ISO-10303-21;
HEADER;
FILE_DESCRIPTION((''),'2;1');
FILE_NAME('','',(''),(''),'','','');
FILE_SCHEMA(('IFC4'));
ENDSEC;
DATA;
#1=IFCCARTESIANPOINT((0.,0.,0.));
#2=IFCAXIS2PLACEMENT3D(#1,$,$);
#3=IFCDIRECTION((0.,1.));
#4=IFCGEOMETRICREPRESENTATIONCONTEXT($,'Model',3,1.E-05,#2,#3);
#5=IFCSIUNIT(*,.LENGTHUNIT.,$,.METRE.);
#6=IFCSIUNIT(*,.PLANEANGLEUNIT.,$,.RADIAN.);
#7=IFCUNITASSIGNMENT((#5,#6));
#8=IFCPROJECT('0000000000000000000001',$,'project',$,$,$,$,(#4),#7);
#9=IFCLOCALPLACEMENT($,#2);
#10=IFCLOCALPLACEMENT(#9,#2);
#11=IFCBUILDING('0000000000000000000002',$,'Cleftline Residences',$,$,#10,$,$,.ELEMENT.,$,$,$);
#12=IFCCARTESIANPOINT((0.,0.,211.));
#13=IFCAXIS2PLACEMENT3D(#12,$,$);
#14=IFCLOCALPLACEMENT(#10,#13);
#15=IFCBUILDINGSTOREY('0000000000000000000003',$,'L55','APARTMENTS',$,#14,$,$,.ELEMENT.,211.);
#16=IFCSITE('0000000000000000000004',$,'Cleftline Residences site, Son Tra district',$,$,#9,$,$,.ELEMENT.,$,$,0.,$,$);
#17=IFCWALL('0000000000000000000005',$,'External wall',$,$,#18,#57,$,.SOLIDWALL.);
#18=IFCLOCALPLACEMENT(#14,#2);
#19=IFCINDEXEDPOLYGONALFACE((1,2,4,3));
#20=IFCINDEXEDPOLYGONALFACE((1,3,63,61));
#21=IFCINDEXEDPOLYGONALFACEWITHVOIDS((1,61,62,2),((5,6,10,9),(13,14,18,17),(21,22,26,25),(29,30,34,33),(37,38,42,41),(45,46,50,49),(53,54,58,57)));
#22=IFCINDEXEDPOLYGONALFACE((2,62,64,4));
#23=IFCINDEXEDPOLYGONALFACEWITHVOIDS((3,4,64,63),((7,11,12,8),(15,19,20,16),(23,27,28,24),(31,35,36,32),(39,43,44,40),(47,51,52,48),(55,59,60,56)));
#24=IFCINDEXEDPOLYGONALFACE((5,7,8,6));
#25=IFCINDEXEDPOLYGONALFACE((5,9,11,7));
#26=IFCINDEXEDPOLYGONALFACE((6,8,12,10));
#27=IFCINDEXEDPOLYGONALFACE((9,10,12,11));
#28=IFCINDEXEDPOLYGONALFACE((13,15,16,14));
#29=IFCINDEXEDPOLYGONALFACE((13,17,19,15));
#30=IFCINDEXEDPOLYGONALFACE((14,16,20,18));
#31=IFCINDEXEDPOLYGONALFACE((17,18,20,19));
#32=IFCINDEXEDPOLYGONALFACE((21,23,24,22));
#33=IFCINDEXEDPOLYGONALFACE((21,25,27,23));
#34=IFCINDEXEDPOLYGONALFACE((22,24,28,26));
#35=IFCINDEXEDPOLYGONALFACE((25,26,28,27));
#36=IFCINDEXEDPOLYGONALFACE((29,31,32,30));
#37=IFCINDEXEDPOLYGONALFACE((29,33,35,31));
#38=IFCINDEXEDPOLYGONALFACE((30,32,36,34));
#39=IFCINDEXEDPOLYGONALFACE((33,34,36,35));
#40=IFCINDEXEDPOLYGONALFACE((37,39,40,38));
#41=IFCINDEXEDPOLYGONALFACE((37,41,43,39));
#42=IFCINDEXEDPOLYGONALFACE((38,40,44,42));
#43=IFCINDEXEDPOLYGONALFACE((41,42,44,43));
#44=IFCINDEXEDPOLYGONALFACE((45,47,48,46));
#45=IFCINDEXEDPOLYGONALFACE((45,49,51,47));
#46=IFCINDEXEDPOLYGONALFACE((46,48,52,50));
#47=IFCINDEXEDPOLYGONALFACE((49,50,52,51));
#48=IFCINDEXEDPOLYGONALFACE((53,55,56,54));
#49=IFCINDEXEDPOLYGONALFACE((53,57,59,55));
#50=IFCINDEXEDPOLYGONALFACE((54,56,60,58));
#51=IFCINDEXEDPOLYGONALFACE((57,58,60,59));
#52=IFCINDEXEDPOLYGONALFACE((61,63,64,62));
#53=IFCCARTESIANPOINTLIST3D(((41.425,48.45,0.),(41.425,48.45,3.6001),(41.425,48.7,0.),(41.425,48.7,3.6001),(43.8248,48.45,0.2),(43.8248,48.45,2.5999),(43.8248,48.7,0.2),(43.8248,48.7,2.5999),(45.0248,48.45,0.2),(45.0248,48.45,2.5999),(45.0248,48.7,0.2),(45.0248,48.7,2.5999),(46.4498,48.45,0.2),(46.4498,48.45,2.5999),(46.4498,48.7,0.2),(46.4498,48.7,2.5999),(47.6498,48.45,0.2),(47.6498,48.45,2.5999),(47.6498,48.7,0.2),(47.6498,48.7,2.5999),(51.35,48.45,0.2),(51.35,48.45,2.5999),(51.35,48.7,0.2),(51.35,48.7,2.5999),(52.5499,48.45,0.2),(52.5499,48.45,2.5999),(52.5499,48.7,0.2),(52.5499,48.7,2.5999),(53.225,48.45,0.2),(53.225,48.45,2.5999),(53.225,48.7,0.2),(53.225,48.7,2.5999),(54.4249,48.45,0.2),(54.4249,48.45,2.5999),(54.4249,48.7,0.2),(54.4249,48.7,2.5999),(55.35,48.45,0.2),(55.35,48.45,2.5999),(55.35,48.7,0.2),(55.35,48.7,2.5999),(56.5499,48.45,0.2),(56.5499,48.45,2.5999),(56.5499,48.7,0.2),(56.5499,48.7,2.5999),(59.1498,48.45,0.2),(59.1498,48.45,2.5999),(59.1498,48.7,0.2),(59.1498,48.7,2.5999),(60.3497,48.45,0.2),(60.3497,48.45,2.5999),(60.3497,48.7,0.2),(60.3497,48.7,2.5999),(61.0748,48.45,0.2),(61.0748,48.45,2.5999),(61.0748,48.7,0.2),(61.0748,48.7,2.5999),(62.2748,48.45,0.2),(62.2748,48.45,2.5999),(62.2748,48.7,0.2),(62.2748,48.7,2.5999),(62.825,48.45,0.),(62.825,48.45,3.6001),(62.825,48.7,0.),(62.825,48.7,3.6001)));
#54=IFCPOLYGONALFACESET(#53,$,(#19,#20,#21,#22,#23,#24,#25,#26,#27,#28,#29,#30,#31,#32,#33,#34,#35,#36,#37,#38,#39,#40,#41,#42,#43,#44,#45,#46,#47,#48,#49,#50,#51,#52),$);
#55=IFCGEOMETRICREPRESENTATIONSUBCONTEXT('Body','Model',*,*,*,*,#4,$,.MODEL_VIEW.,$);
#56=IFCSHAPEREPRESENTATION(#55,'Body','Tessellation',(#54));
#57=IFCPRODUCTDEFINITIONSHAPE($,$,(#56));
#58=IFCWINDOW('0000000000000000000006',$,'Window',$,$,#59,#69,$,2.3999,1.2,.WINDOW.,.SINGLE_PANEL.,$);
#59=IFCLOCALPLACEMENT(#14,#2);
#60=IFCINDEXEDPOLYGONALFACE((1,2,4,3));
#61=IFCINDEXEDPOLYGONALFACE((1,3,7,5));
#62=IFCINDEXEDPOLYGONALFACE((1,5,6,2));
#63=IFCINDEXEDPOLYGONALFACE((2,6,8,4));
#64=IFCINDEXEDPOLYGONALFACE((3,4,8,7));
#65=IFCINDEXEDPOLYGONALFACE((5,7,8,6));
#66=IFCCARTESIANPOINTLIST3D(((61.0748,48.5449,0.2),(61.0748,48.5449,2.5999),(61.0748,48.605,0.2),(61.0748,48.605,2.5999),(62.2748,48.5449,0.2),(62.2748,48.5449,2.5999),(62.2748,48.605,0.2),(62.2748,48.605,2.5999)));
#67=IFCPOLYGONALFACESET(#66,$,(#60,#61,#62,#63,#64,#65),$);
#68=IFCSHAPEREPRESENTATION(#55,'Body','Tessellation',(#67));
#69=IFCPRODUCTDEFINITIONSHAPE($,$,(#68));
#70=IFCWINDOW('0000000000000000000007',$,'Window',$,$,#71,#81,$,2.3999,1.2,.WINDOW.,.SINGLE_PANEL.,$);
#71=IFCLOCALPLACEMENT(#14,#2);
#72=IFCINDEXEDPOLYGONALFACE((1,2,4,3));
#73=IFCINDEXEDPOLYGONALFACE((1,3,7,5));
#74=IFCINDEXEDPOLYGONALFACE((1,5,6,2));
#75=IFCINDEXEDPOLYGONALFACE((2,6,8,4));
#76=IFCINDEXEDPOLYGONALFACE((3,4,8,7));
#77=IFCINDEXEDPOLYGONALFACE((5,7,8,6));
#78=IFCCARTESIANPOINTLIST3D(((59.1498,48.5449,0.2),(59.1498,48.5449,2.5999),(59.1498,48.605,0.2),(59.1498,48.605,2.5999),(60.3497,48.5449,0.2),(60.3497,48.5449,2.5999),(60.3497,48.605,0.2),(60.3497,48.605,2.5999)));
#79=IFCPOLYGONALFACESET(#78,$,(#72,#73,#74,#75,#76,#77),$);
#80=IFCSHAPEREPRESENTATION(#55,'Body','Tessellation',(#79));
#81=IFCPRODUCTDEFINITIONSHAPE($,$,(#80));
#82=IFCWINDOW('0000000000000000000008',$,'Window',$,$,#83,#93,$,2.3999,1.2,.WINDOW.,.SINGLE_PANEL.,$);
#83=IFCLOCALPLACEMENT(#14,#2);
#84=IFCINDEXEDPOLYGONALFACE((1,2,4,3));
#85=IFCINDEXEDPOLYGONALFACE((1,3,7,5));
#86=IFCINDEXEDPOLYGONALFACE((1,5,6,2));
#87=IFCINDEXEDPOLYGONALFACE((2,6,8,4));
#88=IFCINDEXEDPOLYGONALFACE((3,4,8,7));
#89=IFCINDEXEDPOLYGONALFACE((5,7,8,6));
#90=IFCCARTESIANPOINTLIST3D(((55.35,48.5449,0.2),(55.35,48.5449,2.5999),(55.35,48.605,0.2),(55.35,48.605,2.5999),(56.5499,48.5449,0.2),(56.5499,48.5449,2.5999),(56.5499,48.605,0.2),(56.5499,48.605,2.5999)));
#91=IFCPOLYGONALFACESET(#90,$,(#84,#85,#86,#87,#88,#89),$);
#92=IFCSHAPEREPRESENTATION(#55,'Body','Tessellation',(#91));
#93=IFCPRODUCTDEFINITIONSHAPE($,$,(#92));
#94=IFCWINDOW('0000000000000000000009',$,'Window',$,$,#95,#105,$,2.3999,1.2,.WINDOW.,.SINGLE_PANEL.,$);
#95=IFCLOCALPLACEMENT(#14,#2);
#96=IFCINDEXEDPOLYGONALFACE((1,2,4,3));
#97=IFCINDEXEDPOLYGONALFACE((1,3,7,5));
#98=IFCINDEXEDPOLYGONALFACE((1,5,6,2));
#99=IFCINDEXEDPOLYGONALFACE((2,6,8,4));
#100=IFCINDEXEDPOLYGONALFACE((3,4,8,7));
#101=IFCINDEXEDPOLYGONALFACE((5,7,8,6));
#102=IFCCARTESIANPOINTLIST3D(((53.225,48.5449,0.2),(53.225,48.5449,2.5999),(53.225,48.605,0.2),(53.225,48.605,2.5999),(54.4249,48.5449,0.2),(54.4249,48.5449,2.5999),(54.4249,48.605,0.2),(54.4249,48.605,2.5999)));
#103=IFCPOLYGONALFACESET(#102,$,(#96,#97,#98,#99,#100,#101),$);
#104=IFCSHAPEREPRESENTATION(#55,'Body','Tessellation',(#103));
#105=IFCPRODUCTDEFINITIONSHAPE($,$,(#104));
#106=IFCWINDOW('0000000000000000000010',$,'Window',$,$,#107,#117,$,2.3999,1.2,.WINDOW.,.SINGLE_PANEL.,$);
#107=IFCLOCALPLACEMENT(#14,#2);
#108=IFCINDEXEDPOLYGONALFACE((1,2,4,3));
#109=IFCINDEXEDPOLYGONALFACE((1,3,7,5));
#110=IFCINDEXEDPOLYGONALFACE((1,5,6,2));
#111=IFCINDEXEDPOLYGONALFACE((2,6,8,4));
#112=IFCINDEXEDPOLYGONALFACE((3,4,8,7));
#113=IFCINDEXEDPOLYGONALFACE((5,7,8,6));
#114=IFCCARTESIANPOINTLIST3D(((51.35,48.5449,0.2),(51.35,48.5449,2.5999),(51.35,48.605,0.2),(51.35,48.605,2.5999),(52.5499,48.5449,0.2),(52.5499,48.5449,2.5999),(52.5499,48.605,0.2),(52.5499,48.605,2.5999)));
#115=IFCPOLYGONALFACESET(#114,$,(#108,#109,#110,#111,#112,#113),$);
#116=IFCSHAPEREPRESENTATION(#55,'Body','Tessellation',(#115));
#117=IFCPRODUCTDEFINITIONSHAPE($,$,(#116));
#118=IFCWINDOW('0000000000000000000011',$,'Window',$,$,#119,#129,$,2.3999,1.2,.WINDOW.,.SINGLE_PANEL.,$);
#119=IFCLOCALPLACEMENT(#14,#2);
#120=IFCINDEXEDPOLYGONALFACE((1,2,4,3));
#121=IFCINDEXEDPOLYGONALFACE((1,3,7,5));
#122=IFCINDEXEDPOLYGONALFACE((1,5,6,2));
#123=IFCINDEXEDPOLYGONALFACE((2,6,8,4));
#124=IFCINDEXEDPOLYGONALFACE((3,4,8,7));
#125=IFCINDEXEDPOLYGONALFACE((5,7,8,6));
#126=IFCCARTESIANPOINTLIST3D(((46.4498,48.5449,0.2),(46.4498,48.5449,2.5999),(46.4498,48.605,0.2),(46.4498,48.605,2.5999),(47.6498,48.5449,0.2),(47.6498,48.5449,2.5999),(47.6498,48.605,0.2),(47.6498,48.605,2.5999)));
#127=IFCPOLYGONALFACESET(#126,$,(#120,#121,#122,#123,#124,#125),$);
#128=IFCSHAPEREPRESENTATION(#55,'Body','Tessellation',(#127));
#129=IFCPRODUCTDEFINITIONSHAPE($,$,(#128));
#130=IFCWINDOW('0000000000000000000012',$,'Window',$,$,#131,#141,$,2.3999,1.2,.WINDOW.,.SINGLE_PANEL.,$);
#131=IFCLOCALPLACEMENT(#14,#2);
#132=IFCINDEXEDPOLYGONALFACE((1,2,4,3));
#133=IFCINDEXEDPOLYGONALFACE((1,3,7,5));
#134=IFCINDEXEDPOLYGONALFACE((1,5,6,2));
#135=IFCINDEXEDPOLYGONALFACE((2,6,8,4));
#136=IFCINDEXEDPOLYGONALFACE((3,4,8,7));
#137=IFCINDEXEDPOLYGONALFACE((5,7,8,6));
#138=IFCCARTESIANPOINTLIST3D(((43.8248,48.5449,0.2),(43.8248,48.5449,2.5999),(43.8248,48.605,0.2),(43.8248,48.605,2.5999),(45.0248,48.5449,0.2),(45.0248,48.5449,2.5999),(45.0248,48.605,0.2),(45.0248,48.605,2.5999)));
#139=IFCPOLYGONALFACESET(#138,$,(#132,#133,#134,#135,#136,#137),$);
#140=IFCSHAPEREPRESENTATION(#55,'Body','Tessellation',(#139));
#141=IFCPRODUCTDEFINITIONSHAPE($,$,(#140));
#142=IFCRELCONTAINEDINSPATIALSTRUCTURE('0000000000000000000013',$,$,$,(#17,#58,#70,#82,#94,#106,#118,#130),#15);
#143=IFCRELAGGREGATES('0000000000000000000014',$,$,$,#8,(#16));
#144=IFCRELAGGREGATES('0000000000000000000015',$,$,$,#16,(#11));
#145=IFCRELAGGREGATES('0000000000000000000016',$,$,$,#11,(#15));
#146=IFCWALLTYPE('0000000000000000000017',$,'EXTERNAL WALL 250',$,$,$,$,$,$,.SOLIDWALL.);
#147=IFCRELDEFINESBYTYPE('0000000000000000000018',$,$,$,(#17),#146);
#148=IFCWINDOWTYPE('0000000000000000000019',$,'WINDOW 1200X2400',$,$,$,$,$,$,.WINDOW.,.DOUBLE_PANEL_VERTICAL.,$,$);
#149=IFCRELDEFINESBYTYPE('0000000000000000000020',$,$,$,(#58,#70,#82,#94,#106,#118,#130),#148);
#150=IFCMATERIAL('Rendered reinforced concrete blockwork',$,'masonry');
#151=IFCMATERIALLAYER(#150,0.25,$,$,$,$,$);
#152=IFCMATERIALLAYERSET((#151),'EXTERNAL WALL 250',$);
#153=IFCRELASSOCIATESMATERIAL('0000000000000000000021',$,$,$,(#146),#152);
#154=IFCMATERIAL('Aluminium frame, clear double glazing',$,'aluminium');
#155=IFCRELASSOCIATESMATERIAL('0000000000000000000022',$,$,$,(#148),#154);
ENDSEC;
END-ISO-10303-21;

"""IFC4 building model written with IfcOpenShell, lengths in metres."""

from ifc_helpers import new_model, si_unit, direction, frame, frame_2d, origin, place, context, subcontext, project, spatial, rectangle, extrude, material, layer, layer_set, type_object, element, fill, save


model = new_model("IFC4")

# Units and contexts
model_context = context("Model", 3, precision=1e-05, world=origin(), true_north=direction((0.0, 1.0)))
body_context = subcontext(model_context, "Body", "Model", "MODEL_VIEW")
ifc_project = project(units=[si_unit("LENGTHUNIT", "METRE"), si_unit("PLANEANGLEUNIT", "RADIAN")], contexts=[model_context])

# Site, building, storey
site_placement = place(None, origin())
site = spatial("IfcSite", under=ifc_project, at=site_placement, Name="Cleftline Residences site, Son Tra district", CompositionType="ELEMENT", RefElevation=0.0)
building_placement = place(site_placement, origin())
building = spatial("IfcBuilding", under=site, at=building_placement, Name="Cleftline Residences", CompositionType="ELEMENT")
storey_placement = place(building_placement, frame((0.0, 0.0, 211.0)))
storey = spatial("IfcBuildingStorey", under=building, at=storey_placement, Name="L55", Description="APARTMENTS", CompositionType="ELEMENT", Elevation=211.0)

# Shared definitions
ifc_material_1 = material(Name="Rendered reinforced concrete blockwork", Category="masonry")
ifc_layer_1 = layer(ifc_material_1, 0.25)
ifc_layer_set_1 = layer_set([ifc_layer_1], Name="EXTERNAL WALL 250")
wall_type_1 = type_object("IfcWallType", Name="EXTERNAL WALL 250", PredefinedType="SOLIDWALL", material=ifc_layer_set_1)
ifc_material_2 = material(Name="Aluminium frame, clear double glazing", Category="aluminium")
window_type_1 = type_object("IfcWindowType", Name="WINDOW 1200X2400", PartitioningType="DOUBLE_PANEL_VERTICAL", PredefinedType="WINDOW", material=ifc_material_2)

# Wall, openings, windows
wall_1_placement = place(storey_placement, frame((62.825, 48.575, 0.0), z_axis=(0.0, 0.0, 1.0), x_axis=(-1.0, 0.0, 0.0)))
wall_1 = element("IfcWall", 1, at=wall_1_placement, inside=storey, type_object=wall_type_1, Name="External wall", PredefinedType="SOLIDWALL", context=body_context, shape_type="SweptSolid", body=[
    extrude(rectangle(XDim=21.3999, YDim=0.25, at=frame_2d((10.7, 0.0))), origin(), (0.0, 0.0, 1.0), 3.6001),
])
opening_1_placement = place(wall_1_placement, frame((0.55, 0.0, 0.2)))
opening_1 = element("IfcOpeningElement", 2, at=opening_1_placement, cuts=wall_1, PredefinedType="OPENING", context=body_context, shape_type="SweptSolid", body=[
    extrude(rectangle(XDim=1.2, YDim=2.3999, at=frame_2d((0.6001, 1.2))), frame((0.0, 0.135, 0.0), z_axis=(0.0, -1.0, 0.0), x_axis=(1.0, 0.0, 0.0)), (0.0, 0.0, 1.0), 0.27),
])
opening_2_placement = place(wall_1_placement, frame((2.4751, 0.0, 0.2)))
opening_2 = element("IfcOpeningElement", 3, at=opening_2_placement, cuts=wall_1, PredefinedType="OPENING", context=body_context, shape_type="SweptSolid", body=[
    extrude(rectangle(XDim=1.2, YDim=2.3999, at=frame_2d((0.6001, 1.2))), frame((0.0, 0.135, 0.0), z_axis=(0.0, -1.0, 0.0), x_axis=(1.0, 0.0, 0.0)), (0.0, 0.0, 1.0), 0.27),
])
opening_3_placement = place(wall_1_placement, frame((6.2749, 0.0, 0.2)))
opening_3 = element("IfcOpeningElement", 4, at=opening_3_placement, cuts=wall_1, PredefinedType="OPENING", context=body_context, shape_type="SweptSolid", body=[
    extrude(rectangle(XDim=1.2, YDim=2.3999, at=frame_2d((0.6001, 1.2))), frame((0.0, 0.135, 0.0), z_axis=(0.0, -1.0, 0.0), x_axis=(1.0, 0.0, 0.0)), (0.0, 0.0, 1.0), 0.27),
])
opening_4_placement = place(wall_1_placement, frame((8.3999, 0.0, 0.2)))
opening_4 = element("IfcOpeningElement", 5, at=opening_4_placement, cuts=wall_1, PredefinedType="OPENING", context=body_context, shape_type="SweptSolid", body=[
    extrude(rectangle(XDim=1.2, YDim=2.3999, at=frame_2d((0.6001, 1.2))), frame((0.0, 0.135, 0.0), z_axis=(0.0, -1.0, 0.0), x_axis=(1.0, 0.0, 0.0)), (0.0, 0.0, 1.0), 0.27),
])
opening_5_placement = place(wall_1_placement, frame((10.2749, 0.0, 0.2)))
opening_5 = element("IfcOpeningElement", 6, at=opening_5_placement, cuts=wall_1, PredefinedType="OPENING", context=body_context, shape_type="SweptSolid", body=[
    extrude(rectangle(XDim=1.2, YDim=2.3999, at=frame_2d((0.6001, 1.2))), frame((0.0, 0.135, 0.0), z_axis=(0.0, -1.0, 0.0), x_axis=(1.0, 0.0, 0.0)), (0.0, 0.0, 1.0), 0.27),
])
opening_6_placement = place(wall_1_placement, frame((15.175, 0.0, 0.2)))
opening_6 = element("IfcOpeningElement", 7, at=opening_6_placement, cuts=wall_1, PredefinedType="OPENING", context=body_context, shape_type="SweptSolid", body=[
    extrude(rectangle(XDim=1.2, YDim=2.3999, at=frame_2d((0.6001, 1.2))), frame((0.0, 0.135, 0.0), z_axis=(0.0, -1.0, 0.0), x_axis=(1.0, 0.0, 0.0)), (0.0, 0.0, 1.0), 0.27),
])
opening_7_placement = place(wall_1_placement, frame((17.8, 0.0, 0.2)))
opening_7 = element("IfcOpeningElement", 8, at=opening_7_placement, cuts=wall_1, PredefinedType="OPENING", context=body_context, shape_type="SweptSolid", body=[
    extrude(rectangle(XDim=1.2, YDim=2.3999, at=frame_2d((0.6001, 1.2))), frame((0.0, 0.135, 0.0), z_axis=(0.0, -1.0, 0.0), x_axis=(1.0, 0.0, 0.0)), (0.0, 0.0, 1.0), 0.27),
])
window_1_placement = place(opening_1_placement, origin())
window_1 = element("IfcWindow", 9, at=window_1_placement, inside=storey, type_object=window_type_1, Name="Window", OverallHeight=2.3999, OverallWidth=1.2, PartitioningType="SINGLE_PANEL", PredefinedType="WINDOW", context=body_context, shape_type="SweptSolid", body=[
    extrude(rectangle(XDim=1.2, YDim=2.3999, at=frame_2d((0.6001, 1.2))), frame((0.0, 0.03, 0.0), z_axis=(0.0, -1.0, 0.0), x_axis=(1.0, 0.0, 0.0)), (0.0, 0.0, 1.0), 0.0601),
])
fill(opening_1, window_1)
window_2_placement = place(opening_2_placement, origin())
window_2 = element("IfcWindow", 10, at=window_2_placement, inside=storey, type_object=window_type_1, Name="Window", OverallHeight=2.3999, OverallWidth=1.2, PartitioningType="SINGLE_PANEL", PredefinedType="WINDOW", context=body_context, shape_type="SweptSolid", body=[
    extrude(rectangle(XDim=1.2, YDim=2.3999, at=frame_2d((0.6001, 1.2))), frame((0.0, 0.03, 0.0), z_axis=(0.0, -1.0, 0.0), x_axis=(1.0, 0.0, 0.0)), (0.0, 0.0, 1.0), 0.0601),
])
fill(opening_2, window_2)
window_3_placement = place(opening_3_placement, origin())
window_3 = element("IfcWindow", 11, at=window_3_placement, inside=storey, type_object=window_type_1, Name="Window", OverallHeight=2.3999, OverallWidth=1.2, PartitioningType="SINGLE_PANEL", PredefinedType="WINDOW", context=body_context, shape_type="SweptSolid", body=[
    extrude(rectangle(XDim=1.2, YDim=2.3999, at=frame_2d((0.6001, 1.2))), frame((0.0, 0.03, 0.0), z_axis=(0.0, -1.0, 0.0), x_axis=(1.0, 0.0, 0.0)), (0.0, 0.0, 1.0), 0.0601),
])
fill(opening_3, window_3)
window_4_placement = place(opening_4_placement, origin())
window_4 = element("IfcWindow", 12, at=window_4_placement, inside=storey, type_object=window_type_1, Name="Window", OverallHeight=2.3999, OverallWidth=1.2, PartitioningType="SINGLE_PANEL", PredefinedType="WINDOW", context=body_context, shape_type="SweptSolid", body=[
    extrude(rectangle(XDim=1.2, YDim=2.3999, at=frame_2d((0.6001, 1.2))), frame((0.0, 0.03, 0.0), z_axis=(0.0, -1.0, 0.0), x_axis=(1.0, 0.0, 0.0)), (0.0, 0.0, 1.0), 0.0601),
])
fill(opening_4, window_4)
window_5_placement = place(opening_5_placement, origin())
window_5 = element("IfcWindow", 13, at=window_5_placement, inside=storey, type_object=window_type_1, Name="Window", OverallHeight=2.3999, OverallWidth=1.2, PartitioningType="SINGLE_PANEL", PredefinedType="WINDOW", context=body_context, shape_type="SweptSolid", body=[
    extrude(rectangle(XDim=1.2, YDim=2.3999, at=frame_2d((0.6001, 1.2))), frame((0.0, 0.03, 0.0), z_axis=(0.0, -1.0, 0.0), x_axis=(1.0, 0.0, 0.0)), (0.0, 0.0, 1.0), 0.0601),
])
fill(opening_5, window_5)
window_6_placement = place(opening_6_placement, origin())
window_6 = element("IfcWindow", 14, at=window_6_placement, inside=storey, type_object=window_type_1, Name="Window", OverallHeight=2.3999, OverallWidth=1.2, PartitioningType="SINGLE_PANEL", PredefinedType="WINDOW", context=body_context, shape_type="SweptSolid", body=[
    extrude(rectangle(XDim=1.2, YDim=2.3999, at=frame_2d((0.6001, 1.2))), frame((0.0, 0.03, 0.0), z_axis=(0.0, -1.0, 0.0), x_axis=(1.0, 0.0, 0.0)), (0.0, 0.0, 1.0), 0.0601),
])
fill(opening_6, window_6)
window_7_placement = place(opening_7_placement, origin())
window_7 = element("IfcWindow", 15, at=window_7_placement, inside=storey, type_object=window_type_1, Name="Window", OverallHeight=2.3999, OverallWidth=1.2, PartitioningType="SINGLE_PANEL", PredefinedType="WINDOW", context=body_context, shape_type="SweptSolid", body=[
    extrude(rectangle(XDim=1.2, YDim=2.3999, at=frame_2d((0.6001, 1.2))), frame((0.0, 0.03, 0.0), z_axis=(0.0, -1.0, 0.0), x_axis=(1.0, 0.0, 0.0)), (0.0, 0.0, 1.0), 0.0601),
])
fill(opening_7, window_7)

save(model, "model.ifc")
